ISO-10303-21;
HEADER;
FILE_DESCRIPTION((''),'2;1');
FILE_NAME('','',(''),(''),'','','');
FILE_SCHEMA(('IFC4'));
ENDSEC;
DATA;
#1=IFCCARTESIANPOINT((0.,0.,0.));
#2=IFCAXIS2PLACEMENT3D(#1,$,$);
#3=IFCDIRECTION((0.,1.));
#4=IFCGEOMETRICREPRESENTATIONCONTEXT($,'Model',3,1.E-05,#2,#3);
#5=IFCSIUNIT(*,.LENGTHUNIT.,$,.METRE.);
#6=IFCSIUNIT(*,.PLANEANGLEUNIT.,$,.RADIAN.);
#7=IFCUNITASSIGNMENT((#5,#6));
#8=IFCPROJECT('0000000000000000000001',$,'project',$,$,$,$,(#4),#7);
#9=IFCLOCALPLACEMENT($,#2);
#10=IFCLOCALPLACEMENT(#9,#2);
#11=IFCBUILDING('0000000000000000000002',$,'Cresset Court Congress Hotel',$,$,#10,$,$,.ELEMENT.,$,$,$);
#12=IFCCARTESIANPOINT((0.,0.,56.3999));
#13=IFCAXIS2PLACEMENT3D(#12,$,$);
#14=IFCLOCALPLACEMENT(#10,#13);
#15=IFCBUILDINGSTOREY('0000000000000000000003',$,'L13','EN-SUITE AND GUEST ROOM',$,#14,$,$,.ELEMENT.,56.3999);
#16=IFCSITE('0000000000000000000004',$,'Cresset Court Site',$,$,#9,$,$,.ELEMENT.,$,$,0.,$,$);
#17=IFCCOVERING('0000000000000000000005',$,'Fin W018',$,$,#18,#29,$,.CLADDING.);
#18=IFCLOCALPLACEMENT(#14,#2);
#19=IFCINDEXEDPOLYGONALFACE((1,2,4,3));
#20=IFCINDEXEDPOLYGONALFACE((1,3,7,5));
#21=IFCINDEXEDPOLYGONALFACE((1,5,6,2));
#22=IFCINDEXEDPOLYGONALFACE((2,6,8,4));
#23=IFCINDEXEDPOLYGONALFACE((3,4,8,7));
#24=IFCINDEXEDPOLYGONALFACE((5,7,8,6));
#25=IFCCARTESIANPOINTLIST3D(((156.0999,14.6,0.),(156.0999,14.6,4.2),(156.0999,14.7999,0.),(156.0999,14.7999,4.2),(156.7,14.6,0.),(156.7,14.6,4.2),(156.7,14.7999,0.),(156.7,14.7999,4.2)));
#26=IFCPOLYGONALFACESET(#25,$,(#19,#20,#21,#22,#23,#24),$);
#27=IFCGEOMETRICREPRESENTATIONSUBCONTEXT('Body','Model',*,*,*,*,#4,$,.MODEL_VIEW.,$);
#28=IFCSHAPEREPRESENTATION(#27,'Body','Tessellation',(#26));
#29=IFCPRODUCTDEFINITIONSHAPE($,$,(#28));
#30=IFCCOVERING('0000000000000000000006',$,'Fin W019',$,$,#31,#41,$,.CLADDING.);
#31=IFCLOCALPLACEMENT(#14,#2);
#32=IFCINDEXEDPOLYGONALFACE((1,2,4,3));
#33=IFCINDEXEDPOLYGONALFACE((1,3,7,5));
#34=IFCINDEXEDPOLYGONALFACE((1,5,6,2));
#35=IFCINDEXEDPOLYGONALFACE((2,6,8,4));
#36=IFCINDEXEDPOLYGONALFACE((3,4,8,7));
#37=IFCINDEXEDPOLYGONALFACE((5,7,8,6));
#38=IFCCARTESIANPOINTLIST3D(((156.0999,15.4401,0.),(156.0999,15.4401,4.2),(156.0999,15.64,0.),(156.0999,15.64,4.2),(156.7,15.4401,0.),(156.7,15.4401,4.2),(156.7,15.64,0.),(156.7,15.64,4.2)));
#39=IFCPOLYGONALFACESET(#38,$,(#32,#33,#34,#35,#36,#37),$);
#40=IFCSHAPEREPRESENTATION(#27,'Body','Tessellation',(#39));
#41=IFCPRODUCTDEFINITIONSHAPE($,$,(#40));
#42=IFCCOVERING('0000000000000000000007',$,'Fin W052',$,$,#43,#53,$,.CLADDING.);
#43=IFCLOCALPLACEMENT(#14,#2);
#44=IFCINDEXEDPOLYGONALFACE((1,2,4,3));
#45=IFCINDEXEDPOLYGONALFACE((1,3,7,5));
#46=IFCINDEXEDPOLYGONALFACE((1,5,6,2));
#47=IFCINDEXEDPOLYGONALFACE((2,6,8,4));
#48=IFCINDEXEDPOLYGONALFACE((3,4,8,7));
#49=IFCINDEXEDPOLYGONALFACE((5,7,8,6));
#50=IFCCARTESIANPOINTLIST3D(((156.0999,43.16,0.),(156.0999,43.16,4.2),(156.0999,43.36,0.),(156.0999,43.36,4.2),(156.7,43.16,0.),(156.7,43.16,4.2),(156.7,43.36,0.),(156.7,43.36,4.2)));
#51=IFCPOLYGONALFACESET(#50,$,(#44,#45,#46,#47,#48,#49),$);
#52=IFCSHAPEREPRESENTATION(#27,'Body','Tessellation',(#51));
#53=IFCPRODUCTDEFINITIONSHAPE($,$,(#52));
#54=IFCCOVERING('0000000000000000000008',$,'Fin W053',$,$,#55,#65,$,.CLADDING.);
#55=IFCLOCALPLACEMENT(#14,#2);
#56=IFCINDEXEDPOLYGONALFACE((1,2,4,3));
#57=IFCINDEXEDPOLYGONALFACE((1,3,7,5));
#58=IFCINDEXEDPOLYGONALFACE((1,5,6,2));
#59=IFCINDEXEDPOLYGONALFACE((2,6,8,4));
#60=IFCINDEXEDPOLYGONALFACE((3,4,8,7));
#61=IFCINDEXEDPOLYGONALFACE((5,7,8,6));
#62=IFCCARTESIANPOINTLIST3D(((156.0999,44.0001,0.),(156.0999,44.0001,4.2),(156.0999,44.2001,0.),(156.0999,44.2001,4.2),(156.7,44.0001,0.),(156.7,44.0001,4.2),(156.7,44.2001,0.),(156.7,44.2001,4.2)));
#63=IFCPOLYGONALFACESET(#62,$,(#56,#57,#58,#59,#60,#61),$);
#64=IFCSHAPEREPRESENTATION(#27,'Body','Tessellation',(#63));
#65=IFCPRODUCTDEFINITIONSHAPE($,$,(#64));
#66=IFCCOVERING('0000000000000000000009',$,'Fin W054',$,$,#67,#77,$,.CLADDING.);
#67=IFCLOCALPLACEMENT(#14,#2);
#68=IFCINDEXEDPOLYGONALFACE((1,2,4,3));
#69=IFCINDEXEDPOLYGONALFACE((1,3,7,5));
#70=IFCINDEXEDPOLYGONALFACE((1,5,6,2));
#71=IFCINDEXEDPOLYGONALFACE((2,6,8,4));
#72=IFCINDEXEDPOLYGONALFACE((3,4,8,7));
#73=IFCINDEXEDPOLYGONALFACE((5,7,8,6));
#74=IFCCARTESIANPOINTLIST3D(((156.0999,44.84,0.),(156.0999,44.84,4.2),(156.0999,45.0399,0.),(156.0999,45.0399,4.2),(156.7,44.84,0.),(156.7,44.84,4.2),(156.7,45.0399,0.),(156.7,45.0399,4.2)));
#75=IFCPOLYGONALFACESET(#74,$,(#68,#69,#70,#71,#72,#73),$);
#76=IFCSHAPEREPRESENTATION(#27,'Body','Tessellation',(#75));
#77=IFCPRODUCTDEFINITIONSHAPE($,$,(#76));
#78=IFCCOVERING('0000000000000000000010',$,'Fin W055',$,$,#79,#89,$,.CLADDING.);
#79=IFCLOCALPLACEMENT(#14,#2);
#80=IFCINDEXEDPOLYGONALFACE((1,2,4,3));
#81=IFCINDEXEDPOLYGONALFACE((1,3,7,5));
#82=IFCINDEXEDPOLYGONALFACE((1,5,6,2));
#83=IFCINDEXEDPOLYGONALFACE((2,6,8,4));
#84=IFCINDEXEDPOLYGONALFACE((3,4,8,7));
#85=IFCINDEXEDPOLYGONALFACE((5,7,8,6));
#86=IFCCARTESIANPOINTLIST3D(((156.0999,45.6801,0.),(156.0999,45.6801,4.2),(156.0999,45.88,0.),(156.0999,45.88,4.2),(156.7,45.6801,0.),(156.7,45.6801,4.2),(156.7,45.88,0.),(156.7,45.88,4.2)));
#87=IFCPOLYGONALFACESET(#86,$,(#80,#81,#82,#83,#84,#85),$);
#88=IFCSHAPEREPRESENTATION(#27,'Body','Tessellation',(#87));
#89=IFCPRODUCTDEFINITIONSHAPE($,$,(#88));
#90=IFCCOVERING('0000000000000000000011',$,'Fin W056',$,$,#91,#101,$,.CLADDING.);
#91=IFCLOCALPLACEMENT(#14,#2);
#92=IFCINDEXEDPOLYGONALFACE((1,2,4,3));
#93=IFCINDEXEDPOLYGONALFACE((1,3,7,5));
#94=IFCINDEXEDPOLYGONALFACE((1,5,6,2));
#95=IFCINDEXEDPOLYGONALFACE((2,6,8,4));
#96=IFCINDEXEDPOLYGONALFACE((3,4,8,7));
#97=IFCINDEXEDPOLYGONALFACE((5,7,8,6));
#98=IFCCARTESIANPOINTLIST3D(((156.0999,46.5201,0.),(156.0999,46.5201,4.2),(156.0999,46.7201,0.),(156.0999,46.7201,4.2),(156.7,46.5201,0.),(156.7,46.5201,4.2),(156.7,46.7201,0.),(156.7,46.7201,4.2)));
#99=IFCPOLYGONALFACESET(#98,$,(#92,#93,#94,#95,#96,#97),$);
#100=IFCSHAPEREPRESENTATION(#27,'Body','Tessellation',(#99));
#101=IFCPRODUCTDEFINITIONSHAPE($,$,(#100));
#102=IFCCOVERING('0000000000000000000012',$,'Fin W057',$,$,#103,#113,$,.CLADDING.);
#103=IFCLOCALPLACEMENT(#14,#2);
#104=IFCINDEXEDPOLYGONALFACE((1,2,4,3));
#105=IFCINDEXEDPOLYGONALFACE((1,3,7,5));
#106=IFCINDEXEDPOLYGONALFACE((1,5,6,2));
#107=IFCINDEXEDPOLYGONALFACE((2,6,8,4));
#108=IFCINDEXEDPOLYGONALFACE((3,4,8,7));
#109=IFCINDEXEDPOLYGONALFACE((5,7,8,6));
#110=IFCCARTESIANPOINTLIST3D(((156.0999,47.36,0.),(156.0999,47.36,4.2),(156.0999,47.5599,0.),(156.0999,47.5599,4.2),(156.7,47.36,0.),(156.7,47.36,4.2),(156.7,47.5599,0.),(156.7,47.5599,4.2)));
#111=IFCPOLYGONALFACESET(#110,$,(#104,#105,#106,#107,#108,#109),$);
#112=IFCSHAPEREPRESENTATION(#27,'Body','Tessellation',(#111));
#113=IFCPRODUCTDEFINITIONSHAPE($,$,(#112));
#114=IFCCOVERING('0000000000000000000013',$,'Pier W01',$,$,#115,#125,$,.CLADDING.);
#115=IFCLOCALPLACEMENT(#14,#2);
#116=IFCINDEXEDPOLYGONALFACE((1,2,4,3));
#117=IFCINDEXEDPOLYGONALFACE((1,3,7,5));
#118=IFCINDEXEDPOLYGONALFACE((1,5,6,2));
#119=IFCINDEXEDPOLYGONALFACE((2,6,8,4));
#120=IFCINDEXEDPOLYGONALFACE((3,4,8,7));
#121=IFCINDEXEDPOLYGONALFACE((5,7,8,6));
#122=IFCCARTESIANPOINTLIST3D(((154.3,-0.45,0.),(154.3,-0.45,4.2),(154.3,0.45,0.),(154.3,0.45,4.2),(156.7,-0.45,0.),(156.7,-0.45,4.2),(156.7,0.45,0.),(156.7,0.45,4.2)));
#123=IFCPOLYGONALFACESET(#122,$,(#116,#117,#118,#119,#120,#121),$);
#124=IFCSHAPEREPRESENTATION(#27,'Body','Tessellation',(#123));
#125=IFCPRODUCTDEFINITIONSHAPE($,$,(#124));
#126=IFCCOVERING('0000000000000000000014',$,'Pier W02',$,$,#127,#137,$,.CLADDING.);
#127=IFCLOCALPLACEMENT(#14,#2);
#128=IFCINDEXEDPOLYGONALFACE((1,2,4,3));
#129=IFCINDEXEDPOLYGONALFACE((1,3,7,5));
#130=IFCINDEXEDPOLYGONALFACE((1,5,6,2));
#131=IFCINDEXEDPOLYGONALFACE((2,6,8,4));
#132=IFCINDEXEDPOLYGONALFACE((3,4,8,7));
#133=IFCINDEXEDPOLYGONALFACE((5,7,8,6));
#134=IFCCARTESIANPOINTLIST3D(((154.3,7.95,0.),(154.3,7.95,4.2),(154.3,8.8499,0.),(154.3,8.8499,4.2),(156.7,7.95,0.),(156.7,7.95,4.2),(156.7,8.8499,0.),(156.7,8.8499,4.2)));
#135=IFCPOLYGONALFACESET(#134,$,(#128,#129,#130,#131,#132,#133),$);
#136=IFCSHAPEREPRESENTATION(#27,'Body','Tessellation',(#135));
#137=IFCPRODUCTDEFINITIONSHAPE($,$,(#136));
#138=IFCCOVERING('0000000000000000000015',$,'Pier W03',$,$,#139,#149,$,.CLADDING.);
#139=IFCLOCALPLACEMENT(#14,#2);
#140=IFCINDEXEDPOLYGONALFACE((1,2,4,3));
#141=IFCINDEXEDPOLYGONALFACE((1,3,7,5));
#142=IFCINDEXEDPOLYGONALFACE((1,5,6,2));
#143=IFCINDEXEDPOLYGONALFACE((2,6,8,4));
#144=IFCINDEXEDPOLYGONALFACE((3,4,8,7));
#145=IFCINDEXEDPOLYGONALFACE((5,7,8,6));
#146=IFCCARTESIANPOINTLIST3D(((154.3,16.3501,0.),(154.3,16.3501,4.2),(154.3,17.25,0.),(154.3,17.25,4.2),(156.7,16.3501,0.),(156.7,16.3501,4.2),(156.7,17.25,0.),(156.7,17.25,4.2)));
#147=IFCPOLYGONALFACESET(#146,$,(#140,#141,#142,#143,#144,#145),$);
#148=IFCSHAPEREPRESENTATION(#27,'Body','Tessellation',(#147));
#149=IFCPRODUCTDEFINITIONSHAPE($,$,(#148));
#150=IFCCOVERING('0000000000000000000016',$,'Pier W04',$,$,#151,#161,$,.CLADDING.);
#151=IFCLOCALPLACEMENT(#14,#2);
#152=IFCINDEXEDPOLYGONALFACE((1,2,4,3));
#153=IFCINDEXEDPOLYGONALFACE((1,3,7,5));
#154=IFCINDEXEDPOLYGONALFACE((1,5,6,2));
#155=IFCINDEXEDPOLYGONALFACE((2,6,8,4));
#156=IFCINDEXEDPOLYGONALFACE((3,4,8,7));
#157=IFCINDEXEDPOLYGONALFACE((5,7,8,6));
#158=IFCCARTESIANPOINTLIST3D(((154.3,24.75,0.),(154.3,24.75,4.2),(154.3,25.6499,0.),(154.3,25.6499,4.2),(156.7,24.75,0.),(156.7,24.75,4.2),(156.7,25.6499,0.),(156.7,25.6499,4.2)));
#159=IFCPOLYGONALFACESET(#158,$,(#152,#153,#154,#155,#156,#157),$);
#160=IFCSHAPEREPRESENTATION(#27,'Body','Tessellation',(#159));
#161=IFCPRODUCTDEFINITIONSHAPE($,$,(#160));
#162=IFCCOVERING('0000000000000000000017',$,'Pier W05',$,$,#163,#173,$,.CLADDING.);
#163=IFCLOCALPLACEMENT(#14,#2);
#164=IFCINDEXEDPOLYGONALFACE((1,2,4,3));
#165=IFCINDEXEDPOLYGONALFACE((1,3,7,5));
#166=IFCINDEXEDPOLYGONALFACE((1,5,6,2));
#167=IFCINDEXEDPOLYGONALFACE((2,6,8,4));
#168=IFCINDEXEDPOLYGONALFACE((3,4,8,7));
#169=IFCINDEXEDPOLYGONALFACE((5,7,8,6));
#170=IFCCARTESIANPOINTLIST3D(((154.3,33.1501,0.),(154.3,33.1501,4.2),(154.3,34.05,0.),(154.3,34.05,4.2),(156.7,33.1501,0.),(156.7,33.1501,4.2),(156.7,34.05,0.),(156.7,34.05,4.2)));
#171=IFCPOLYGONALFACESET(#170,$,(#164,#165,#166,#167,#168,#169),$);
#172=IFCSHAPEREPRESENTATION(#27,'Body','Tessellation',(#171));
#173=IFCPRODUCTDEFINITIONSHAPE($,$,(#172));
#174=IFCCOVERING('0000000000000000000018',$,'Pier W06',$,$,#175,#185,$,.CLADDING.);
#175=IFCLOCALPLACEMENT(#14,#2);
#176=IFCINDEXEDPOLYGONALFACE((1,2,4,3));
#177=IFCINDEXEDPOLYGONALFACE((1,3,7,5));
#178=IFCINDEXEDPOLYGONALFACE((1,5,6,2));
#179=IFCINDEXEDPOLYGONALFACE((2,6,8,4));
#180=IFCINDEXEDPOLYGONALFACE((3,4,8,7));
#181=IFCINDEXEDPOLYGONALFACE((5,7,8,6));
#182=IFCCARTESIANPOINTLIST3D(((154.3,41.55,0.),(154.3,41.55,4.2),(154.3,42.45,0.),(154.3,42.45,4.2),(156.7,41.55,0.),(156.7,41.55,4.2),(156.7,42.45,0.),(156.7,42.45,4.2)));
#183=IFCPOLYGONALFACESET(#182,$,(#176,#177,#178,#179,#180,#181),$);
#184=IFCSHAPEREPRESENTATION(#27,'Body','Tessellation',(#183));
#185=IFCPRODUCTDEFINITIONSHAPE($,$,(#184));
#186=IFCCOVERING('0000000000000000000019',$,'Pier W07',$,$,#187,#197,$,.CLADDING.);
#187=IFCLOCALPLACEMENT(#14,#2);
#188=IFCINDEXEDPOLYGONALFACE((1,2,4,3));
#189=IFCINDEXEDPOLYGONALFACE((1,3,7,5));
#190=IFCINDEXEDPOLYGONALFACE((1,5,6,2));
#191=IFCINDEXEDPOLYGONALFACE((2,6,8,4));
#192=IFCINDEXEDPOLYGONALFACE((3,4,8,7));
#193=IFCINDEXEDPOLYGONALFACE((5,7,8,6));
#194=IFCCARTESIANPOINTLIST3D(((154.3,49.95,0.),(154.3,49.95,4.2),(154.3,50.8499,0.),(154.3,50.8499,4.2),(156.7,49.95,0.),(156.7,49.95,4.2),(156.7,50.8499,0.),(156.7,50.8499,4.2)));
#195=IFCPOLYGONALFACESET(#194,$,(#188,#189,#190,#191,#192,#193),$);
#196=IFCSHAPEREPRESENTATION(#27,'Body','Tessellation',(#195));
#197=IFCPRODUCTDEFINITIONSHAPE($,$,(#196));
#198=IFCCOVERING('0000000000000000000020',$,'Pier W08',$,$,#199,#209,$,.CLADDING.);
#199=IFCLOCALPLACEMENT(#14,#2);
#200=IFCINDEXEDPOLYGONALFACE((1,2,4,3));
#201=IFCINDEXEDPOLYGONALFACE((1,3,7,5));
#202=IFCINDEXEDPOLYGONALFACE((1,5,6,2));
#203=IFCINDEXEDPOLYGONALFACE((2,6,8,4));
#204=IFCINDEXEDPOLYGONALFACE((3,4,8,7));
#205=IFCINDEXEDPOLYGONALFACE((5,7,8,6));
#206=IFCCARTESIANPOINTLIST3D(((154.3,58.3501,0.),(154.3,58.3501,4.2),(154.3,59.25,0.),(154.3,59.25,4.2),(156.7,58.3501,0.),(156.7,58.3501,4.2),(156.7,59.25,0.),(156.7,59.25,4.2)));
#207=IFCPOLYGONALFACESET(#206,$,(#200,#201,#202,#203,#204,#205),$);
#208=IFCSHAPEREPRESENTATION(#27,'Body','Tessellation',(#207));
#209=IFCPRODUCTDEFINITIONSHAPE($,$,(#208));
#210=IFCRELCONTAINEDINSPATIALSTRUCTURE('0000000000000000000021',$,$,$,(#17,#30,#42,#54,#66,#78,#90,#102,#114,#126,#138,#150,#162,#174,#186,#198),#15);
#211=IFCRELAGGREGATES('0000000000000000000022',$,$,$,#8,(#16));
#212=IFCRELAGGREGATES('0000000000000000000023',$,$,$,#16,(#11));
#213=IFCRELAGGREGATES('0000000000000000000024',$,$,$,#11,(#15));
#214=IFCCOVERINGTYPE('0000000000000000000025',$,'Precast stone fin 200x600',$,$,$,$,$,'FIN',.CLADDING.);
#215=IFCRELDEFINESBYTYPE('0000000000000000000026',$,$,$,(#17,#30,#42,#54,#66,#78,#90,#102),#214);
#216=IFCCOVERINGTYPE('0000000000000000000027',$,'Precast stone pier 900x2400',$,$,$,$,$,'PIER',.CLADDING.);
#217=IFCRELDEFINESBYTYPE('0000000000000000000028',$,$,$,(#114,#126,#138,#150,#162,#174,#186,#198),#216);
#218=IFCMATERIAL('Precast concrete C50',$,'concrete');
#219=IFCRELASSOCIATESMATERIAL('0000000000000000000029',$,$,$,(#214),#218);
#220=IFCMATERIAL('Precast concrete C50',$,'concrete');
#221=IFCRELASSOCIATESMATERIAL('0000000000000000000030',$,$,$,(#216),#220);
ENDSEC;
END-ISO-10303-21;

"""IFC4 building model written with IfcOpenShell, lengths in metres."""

from ifc_helpers import new_model, si_unit, direction, frame, origin, origin_2d, place, context, subcontext, project, spatial, rectangle, extrude, material, type_object, element, save


model = new_model("IFC4")

# Units and contexts
model_context = context("Model", 3, precision=1e-05, world=origin(), true_north=direction((0.0, 1.0)))
body_context = subcontext(model_context, "Body", "Model", "MODEL_VIEW")
ifc_project = project(units=[si_unit("LENGTHUNIT", "METRE"), si_unit("PLANEANGLEUNIT", "RADIAN")], contexts=[model_context])

# Site, building, storey
site_placement = place(None, origin())
site = spatial("IfcSite", under=ifc_project, at=site_placement, Name="Cresset Court Site", CompositionType="ELEMENT", RefElevation=0.0)
building_placement = place(site_placement, origin())
building = spatial("IfcBuilding", under=site, at=building_placement, Name="Cresset Court Congress Hotel", CompositionType="ELEMENT")
storey_placement = place(building_placement, frame((0.0, 0.0, 56.3999)))
storey = spatial("IfcBuildingStorey", under=building, at=storey_placement, Name="L13", Description="EN-SUITE AND GUEST ROOM", CompositionType="ELEMENT", Elevation=56.3999)

# Coverings
ifc_material_1 = material(Name="Precast concrete C50", Category="concrete")
covering_type_1 = type_object("IfcCoveringType", Name="Precast stone fin 200x600", ElementType="FIN", PredefinedType="CLADDING", material=ifc_material_1)
for number, where, z_axis, x_axis, name in (
    (1, (156.3999, 14.7, 0.0), (0.0, 0.0, 1.0), (1.0, 0.0, 0.0), "Fin W018"),
    (2, (156.3999, 15.54, 0.0), (0.0, 0.0, 1.0), (1.0, 0.0, 0.0), "Fin W019"),
    (3, (156.3999, 43.26, 0.0), (0.0, 0.0, 1.0), (1.0, 0.0, 0.0), "Fin W052"),
    (4, (156.3999, 44.1001, 0.0), (0.0, 0.0, 1.0), (1.0, 0.0, 0.0), "Fin W053"),
    (5, (156.3999, 44.9399, 0.0), (0.0, 0.0, 1.0), (1.0, 0.0, 0.0), "Fin W054"),
    (6, (156.3999, 45.78, 0.0), (0.0, 0.0, 1.0), (1.0, 0.0, 0.0), "Fin W055"),
    (7, (156.3999, 46.6201, 0.0), (0.0, 0.0, 1.0), (1.0, 0.0, 0.0), "Fin W056"),
    (8, (156.3999, 47.46, 0.0), (0.0, 0.0, 1.0), (1.0, 0.0, 0.0), "Fin W057"),
):
    element("IfcCovering", number, at=place(storey_placement, frame(where, z_axis=z_axis, x_axis=x_axis)), inside=storey, type_object=covering_type_1, Name=name, PredefinedType="CLADDING", context=body_context, shape_type="SweptSolid", body=[
        extrude(rectangle(XDim=0.6001, YDim=0.2, at=origin_2d()), origin(), (0.0, 0.0, 1.0), 4.2),
    ])
ifc_material_2 = material(Name="Precast concrete C50", Category="concrete")
covering_type_2 = type_object("IfcCoveringType", Name="Precast stone pier 900x2400", ElementType="PIER", PredefinedType="CLADDING", material=ifc_material_2)
for number, where, z_axis, x_axis, name in (
    (9, (155.5, 0.0, 0.0), (0.0, 0.0, 1.0), (1.0, 0.0, 0.0), "Pier W01"),
    (10, (155.5, 8.3999, 0.0), (0.0, 0.0, 1.0), (1.0, 0.0, 0.0), "Pier W02"),
    (11, (155.5, 16.8, 0.0), (0.0, 0.0, 1.0), (1.0, 0.0, 0.0), "Pier W03"),
    (12, (155.5, 25.2, 0.0), (0.0, 0.0, 1.0), (1.0, 0.0, 0.0), "Pier W04"),
    (13, (155.5, 33.6001, 0.0), (0.0, 0.0, 1.0), (1.0, 0.0, 0.0), "Pier W05"),
    (14, (155.5, 42.0, 0.0), (0.0, 0.0, 1.0), (1.0, 0.0, 0.0), "Pier W06"),
    (15, (155.5, 50.3999, 0.0), (0.0, 0.0, 1.0), (1.0, 0.0, 0.0), "Pier W07"),
    (16, (155.5, 58.8, 0.0), (0.0, 0.0, 1.0), (1.0, 0.0, 0.0), "Pier W08"),
):
    element("IfcCovering", number, at=place(storey_placement, frame(where, z_axis=z_axis, x_axis=x_axis)), inside=storey, type_object=covering_type_2, Name=name, PredefinedType="CLADDING", context=body_context, shape_type="SweptSolid", body=[
        extrude(rectangle(XDim=2.3999, YDim=0.8999, at=origin_2d()), origin(), (0.0, 0.0, 1.0), 4.2),
    ])

save(model, "model.ifc")
